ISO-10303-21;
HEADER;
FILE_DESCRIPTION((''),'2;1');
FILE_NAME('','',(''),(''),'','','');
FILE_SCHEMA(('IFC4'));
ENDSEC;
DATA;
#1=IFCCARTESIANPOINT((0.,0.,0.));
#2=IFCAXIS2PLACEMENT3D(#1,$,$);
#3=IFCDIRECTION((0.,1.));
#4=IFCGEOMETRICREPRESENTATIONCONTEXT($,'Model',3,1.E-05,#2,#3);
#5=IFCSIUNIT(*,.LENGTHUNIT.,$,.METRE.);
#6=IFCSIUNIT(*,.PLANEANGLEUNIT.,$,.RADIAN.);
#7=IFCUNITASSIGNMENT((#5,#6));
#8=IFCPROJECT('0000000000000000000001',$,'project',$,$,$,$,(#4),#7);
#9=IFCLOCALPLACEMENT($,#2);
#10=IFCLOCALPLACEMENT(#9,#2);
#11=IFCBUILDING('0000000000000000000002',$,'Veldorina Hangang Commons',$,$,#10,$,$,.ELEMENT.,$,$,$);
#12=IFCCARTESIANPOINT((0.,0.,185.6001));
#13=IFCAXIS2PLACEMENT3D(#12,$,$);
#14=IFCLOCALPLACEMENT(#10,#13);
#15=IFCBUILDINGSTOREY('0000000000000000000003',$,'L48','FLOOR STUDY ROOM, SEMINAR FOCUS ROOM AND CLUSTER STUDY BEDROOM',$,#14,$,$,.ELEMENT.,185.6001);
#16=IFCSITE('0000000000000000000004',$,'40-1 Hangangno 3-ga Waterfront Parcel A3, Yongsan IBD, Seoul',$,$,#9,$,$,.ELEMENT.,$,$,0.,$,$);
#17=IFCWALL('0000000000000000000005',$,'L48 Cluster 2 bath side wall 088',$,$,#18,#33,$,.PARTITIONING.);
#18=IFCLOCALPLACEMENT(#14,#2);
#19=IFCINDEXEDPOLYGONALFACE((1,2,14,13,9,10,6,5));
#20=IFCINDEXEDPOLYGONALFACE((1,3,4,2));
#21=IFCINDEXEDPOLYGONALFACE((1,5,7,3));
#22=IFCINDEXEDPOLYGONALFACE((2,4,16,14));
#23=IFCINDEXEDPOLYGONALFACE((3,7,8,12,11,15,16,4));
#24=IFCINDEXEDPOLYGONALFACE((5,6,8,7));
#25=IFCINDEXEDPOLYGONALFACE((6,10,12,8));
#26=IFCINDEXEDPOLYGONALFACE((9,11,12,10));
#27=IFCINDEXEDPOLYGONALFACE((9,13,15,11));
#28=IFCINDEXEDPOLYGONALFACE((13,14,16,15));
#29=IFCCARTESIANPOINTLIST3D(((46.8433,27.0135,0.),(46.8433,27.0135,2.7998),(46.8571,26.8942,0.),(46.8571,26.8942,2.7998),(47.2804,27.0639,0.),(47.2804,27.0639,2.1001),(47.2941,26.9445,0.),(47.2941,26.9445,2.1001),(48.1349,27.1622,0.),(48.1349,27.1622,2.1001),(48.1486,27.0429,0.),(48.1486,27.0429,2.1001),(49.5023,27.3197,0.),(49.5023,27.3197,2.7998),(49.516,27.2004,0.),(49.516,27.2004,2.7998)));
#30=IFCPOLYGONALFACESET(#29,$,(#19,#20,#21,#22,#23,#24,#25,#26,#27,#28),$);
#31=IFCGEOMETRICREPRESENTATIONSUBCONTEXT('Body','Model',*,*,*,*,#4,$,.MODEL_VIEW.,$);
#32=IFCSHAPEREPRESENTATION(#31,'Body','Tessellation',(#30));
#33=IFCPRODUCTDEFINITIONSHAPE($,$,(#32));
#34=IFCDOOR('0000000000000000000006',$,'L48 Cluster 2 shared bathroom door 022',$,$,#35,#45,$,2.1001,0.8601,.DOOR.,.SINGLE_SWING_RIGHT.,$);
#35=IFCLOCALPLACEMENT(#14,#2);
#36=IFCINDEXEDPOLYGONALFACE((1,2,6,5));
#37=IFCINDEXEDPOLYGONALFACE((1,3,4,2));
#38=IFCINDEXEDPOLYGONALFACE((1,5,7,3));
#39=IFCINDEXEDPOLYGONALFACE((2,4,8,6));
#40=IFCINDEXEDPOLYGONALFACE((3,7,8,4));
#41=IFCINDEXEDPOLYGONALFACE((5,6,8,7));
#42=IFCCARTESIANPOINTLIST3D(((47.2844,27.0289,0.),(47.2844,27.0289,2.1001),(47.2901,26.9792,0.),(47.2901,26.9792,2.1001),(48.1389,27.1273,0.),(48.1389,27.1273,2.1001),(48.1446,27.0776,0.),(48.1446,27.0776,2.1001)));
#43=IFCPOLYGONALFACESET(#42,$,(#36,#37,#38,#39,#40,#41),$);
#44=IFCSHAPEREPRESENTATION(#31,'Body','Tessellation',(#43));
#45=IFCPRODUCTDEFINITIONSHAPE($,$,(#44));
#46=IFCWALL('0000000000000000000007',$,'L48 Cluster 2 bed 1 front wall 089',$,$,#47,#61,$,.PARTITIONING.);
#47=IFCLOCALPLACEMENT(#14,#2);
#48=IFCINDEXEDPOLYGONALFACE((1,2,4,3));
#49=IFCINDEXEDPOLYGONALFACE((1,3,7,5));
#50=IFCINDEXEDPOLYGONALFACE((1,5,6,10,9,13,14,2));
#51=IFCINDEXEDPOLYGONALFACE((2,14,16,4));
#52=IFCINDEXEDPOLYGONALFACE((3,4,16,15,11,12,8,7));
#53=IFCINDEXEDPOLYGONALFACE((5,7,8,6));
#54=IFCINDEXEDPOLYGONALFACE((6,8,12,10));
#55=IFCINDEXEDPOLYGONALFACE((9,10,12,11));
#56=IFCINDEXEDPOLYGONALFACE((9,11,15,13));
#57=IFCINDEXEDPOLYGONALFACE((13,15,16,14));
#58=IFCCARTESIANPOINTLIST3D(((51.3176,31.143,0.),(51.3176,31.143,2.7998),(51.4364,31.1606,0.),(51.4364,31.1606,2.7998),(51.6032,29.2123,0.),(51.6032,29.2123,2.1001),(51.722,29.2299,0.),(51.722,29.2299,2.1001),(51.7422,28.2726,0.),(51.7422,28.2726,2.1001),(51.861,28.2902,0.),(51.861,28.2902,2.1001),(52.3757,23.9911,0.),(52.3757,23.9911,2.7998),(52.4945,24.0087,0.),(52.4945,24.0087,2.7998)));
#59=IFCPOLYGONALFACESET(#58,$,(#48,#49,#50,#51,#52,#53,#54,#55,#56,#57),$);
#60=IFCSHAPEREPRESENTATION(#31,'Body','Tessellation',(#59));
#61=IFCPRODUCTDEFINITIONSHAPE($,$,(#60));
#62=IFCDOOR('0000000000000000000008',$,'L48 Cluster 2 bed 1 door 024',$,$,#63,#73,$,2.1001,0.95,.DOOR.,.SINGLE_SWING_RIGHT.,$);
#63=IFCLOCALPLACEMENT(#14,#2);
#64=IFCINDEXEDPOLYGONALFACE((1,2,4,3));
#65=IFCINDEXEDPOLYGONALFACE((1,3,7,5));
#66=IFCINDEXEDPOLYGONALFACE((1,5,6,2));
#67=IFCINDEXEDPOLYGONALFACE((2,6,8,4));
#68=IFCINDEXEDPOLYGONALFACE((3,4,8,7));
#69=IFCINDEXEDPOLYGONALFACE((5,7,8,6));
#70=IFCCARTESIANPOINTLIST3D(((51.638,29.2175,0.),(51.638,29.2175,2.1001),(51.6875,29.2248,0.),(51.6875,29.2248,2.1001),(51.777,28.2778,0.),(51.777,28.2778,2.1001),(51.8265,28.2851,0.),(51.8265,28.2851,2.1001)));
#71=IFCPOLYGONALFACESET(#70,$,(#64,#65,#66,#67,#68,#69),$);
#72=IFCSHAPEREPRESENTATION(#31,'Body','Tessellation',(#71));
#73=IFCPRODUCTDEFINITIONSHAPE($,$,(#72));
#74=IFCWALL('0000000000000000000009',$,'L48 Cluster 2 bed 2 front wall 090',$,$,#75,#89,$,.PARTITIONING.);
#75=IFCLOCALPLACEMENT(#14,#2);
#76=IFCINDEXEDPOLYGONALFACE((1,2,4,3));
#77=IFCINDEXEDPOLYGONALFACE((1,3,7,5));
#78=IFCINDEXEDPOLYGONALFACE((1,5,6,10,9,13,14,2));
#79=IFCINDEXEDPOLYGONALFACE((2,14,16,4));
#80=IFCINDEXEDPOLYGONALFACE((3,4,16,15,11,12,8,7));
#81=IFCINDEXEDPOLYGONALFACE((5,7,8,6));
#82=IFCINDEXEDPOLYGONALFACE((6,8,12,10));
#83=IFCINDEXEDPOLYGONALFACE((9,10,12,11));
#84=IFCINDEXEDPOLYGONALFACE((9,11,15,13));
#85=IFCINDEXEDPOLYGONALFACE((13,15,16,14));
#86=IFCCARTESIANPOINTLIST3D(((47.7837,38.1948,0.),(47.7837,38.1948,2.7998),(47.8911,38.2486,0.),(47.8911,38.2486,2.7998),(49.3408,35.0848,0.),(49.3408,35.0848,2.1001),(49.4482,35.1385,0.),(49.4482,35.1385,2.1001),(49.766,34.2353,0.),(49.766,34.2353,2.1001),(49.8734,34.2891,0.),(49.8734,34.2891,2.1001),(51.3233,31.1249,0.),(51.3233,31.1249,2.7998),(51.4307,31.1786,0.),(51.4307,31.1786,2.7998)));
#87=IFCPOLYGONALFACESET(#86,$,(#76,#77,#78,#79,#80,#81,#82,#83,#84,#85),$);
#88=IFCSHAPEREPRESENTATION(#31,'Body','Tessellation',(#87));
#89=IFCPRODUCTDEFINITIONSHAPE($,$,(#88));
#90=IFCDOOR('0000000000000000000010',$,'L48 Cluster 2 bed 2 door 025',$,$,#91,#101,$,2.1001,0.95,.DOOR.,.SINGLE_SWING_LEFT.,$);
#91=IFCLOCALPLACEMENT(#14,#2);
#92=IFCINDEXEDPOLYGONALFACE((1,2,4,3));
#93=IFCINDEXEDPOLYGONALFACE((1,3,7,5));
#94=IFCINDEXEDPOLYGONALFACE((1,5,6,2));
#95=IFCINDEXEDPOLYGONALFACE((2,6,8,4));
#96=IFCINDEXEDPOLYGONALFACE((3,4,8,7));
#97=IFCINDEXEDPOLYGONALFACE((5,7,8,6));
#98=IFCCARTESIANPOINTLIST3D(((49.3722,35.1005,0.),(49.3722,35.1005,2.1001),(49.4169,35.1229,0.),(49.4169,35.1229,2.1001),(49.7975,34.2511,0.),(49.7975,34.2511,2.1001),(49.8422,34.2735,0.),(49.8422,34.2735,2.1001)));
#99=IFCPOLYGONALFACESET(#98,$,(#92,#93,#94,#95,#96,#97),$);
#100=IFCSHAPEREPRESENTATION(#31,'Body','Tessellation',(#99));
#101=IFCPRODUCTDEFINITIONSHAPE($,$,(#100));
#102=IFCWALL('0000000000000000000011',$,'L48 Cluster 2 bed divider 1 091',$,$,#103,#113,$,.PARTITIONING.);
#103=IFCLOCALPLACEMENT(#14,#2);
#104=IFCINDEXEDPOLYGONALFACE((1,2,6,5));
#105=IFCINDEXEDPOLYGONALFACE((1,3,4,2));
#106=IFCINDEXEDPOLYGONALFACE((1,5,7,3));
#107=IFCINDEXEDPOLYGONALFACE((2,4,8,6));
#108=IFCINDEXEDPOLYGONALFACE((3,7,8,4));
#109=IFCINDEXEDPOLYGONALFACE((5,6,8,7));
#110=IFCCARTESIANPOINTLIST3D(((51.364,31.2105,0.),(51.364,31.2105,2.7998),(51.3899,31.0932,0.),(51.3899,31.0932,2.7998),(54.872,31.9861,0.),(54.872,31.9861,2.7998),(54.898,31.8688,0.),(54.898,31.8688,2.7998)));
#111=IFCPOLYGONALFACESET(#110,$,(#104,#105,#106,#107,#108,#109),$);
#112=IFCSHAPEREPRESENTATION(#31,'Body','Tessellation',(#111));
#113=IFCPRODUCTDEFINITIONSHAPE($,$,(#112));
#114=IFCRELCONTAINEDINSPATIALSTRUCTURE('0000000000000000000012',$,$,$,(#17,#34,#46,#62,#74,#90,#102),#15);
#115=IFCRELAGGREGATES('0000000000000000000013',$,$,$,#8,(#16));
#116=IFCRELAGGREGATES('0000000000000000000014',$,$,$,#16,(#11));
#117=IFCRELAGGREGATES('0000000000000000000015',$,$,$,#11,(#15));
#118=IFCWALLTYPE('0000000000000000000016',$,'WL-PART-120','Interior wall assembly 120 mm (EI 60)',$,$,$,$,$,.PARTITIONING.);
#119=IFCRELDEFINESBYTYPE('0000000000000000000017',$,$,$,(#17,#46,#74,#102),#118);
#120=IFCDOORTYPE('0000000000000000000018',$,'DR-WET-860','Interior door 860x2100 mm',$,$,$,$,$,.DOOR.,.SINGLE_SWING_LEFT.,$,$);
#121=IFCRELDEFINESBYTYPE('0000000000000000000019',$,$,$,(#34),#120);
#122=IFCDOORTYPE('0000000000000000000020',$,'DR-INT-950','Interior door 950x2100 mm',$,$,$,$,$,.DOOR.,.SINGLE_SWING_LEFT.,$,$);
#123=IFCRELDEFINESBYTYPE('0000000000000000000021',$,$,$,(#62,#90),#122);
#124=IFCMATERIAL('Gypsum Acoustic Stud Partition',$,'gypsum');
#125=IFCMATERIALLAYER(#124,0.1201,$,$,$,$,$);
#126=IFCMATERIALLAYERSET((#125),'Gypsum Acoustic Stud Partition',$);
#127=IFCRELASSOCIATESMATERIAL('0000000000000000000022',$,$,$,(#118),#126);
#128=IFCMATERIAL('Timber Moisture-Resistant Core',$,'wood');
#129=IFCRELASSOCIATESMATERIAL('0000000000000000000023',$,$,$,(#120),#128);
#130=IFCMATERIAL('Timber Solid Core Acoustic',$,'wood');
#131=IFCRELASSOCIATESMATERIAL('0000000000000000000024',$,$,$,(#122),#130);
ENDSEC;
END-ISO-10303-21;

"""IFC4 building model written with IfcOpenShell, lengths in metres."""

from ifc_helpers import new_model, si_unit, direction, frame, frame_2d, origin, place, context, subcontext, project, spatial, rectangle, extrude, material, layer, layer_set, type_object, element, fill, save


model = new_model("IFC4")

# Units and contexts
model_context = context("Model", 3, precision=1e-05, world=origin(), true_north=direction((0.0, 1.0)))
body_context = subcontext(model_context, "Body", "Model", "MODEL_VIEW")
ifc_project = project(units=[si_unit("LENGTHUNIT", "METRE"), si_unit("PLANEANGLEUNIT", "RADIAN")], contexts=[model_context])

# Site, building, storey
site_placement = place(None, origin())
site = spatial("IfcSite", under=ifc_project, at=site_placement, Name="40-1 Hangangno 3-ga Waterfront Parcel A3, Yongsan IBD, Seoul", CompositionType="ELEMENT", RefElevation=0.0)
building_placement = place(site_placement, origin())
building = spatial("IfcBuilding", under=site, at=building_placement, Name="Veldorina Hangang Commons", CompositionType="ELEMENT")
storey_placement = place(building_placement, frame((0.0, 0.0, 185.6001)))
storey = spatial("IfcBuildingStorey", under=building, at=storey_placement, Name="L48", Description="FLOOR STUDY ROOM, SEMINAR FOCUS ROOM AND CLUSTER STUDY BEDROOM", CompositionType="ELEMENT", Elevation=185.6001)

# Shared definitions
ifc_material_1 = material(Name="Gypsum Acoustic Stud Partition", Category="gypsum")
ifc_layer_1 = layer(ifc_material_1, 0.1201)
ifc_layer_set_1 = layer_set([ifc_layer_1], Name="Gypsum Acoustic Stud Partition")
wall_type_1 = type_object("IfcWallType", Name="WL-PART-120", Description="Interior wall assembly 120 mm (EI 60)", PredefinedType="PARTITIONING", material=ifc_layer_set_1)

# Walls, openings, doors
wall_1_placement = place(storey_placement, frame((46.8501, 26.9539, 0.0), z_axis=(0.0, 0.0, 1.0), x_axis=(0.993436, 0.114385, 0.0)))
wall_1 = element("IfcWall", 1, at=wall_1_placement, inside=storey, type_object=wall_type_1, Name="L48 Cluster 2 bath side wall 088", PredefinedType="PARTITIONING", context=body_context, shape_type="SweptSolid", body=[
    extrude(rectangle(XDim=2.6765, YDim=0.1201, at=frame_2d((1.3384, 0.0))), origin(), (0.0, 0.0, 1.0), 2.7998),
])
opening_1_placement = place(wall_1_placement, frame((0.4399, 0.0, 0.0)))
opening_1 = element("IfcOpeningElement", 2, at=opening_1_placement, cuts=wall_1, PredefinedType="OPENING", context=body_context, shape_type="SweptSolid", body=[
    extrude(rectangle(XDim=0.8601, YDim=2.1001, at=frame_2d((0.4302, 1.05))), frame((0.0, 0.0701, 0.0), z_axis=(0.0, -1.0, 0.0), x_axis=(1.0, 0.0, 0.0)), (0.0, 0.0, 1.0), 0.1401),
])
ifc_material_2 = material(Name="Timber Moisture-Resistant Core", Category="wood")
door_type_1 = type_object("IfcDoorType", Name="DR-WET-860", Description="Interior door 860x2100 mm", OperationType="SINGLE_SWING_LEFT", PredefinedType="DOOR", material=ifc_material_2)
door_1_placement = place(opening_1_placement, origin())
door_1 = element("IfcDoor", 3, at=door_1_placement, inside=storey, type_object=door_type_1, Name="L48 Cluster 2 shared bathroom door 022", OperationType="SINGLE_SWING_RIGHT", OverallHeight=2.1001, OverallWidth=0.8601, PredefinedType="DOOR", context=body_context, shape_type="SweptSolid", body=[
    extrude(rectangle(XDim=0.8601, YDim=2.1001, at=frame_2d((0.4302, 1.05))), frame((0.0, 0.0249, 0.0), z_axis=(0.0, -1.0, 0.0), x_axis=(1.0, 0.0, 0.0)), (0.0, 0.0, 1.0), 0.05),
])
fill(opening_1, door_1)
wall_2_placement = place(storey_placement, frame((52.4351, 24.0, 0.0), z_axis=(0.0, 0.0, 1.0), x_axis=(-0.146355, 0.989232, 0.0)))
wall_2 = element("IfcWall", 4, at=wall_2_placement, inside=storey, type_object=wall_type_1, Name="L48 Cluster 2 bed 1 front wall 089", PredefinedType="PARTITIONING", context=body_context, shape_type="SweptSolid", body=[
    extrude(rectangle(XDim=7.2297, YDim=0.1201, at=frame_2d((3.6147, 0.0))), origin(), (0.0, 0.0, 1.0), 2.7998),
])
opening_2_placement = place(wall_2_placement, frame((4.3279, 0.0, 0.0)))
opening_2 = element("IfcOpeningElement", 5, at=opening_2_placement, cuts=wall_2, PredefinedType="OPENING", context=body_context, shape_type="SweptSolid", body=[
    extrude(rectangle(XDim=0.95, YDim=2.1001, at=frame_2d((0.4751, 1.05))), frame((0.0, 0.0701, 0.0), z_axis=(0.0, -1.0, 0.0), x_axis=(1.0, 0.0, 0.0)), (0.0, 0.0, 1.0), 0.1401),
])
ifc_material_3 = material(Name="Timber Solid Core Acoustic", Category="wood")
door_type_2 = type_object("IfcDoorType", Name="DR-INT-950", Description="Interior door 950x2100 mm", OperationType="SINGLE_SWING_LEFT", PredefinedType="DOOR", material=ifc_material_3)
door_2_placement = place(opening_2_placement, origin())
door_2 = element("IfcDoor", 6, at=door_2_placement, inside=storey, type_object=door_type_2, Name="L48 Cluster 2 bed 1 door 024", OperationType="SINGLE_SWING_RIGHT", OverallHeight=2.1001, OverallWidth=0.95, PredefinedType="DOOR", context=body_context, shape_type="SweptSolid", body=[
    extrude(rectangle(XDim=0.95, YDim=2.1001, at=frame_2d((0.4751, 1.05))), frame((0.0, 0.0249, 0.0), z_axis=(0.0, -1.0, 0.0), x_axis=(1.0, 0.0, 0.0)), (0.0, 0.0, 1.0), 0.05),
])
fill(opening_2, door_2)
wall_3_placement = place(storey_placement, frame((51.377, 31.1519, 0.0), z_axis=(0.0, 0.0, 1.0), x_axis=(-0.447683, 0.894192, 0.0)))
wall_3 = element("IfcWall", 7, at=wall_3_placement, inside=storey, type_object=wall_type_1, Name="L48 Cluster 2 bed 2 front wall 090", PredefinedType="PARTITIONING", context=body_context, shape_type="SweptSolid", body=[
    extrude(rectangle(XDim=7.9065, YDim=0.1201, at=frame_2d((3.9531, 0.0))), origin(), (0.0, 0.0, 1.0), 2.7998),
])
opening_3_placement = place(wall_3_placement, frame((3.4783, 0.0, 0.0)))
opening_3 = element("IfcOpeningElement", 8, at=opening_3_placement, cuts=wall_3, PredefinedType="OPENING", context=body_context, shape_type="SweptSolid", body=[
    extrude(rectangle(XDim=0.95, YDim=2.1001, at=frame_2d((0.4751, 1.05))), frame((0.0, 0.0701, 0.0), z_axis=(0.0, -1.0, 0.0), x_axis=(1.0, 0.0, 0.0)), (0.0, 0.0, 1.0), 0.1401),
])
door_3_placement = place(opening_3_placement, origin())
door_3 = element("IfcDoor", 9, at=door_3_placement, inside=storey, type_object=door_type_2, Name="L48 Cluster 2 bed 2 door 025", OperationType="SINGLE_SWING_LEFT", OverallHeight=2.1001, OverallWidth=0.95, PredefinedType="DOOR", context=body_context, shape_type="SweptSolid", body=[
    extrude(rectangle(XDim=0.95, YDim=2.1001, at=frame_2d((0.4751, 1.05))), frame((0.0, 0.0249, 0.0), z_axis=(0.0, -1.0, 0.0), x_axis=(1.0, 0.0, 0.0)), (0.0, 0.0, 1.0), 0.05),
])
fill(opening_3, door_3)

# Wall
wall_4_placement = place(storey_placement, frame((51.377, 31.1519, 0.0), z_axis=(0.0, 0.0, 1.0), x_axis=(0.976418, 0.215887, 0.0)))
element("IfcWall", 10, at=wall_4_placement, inside=storey, type_object=wall_type_1, Name="L48 Cluster 2 bed divider 1 091", PredefinedType="PARTITIONING", context=body_context, shape_type="SweptSolid", body=[
    extrude(rectangle(XDim=3.5928, YDim=0.1201, at=frame_2d((1.7964, 0.0))), origin(), (0.0, 0.0, 1.0), 2.7998),
])

save(model, "model.ifc")
